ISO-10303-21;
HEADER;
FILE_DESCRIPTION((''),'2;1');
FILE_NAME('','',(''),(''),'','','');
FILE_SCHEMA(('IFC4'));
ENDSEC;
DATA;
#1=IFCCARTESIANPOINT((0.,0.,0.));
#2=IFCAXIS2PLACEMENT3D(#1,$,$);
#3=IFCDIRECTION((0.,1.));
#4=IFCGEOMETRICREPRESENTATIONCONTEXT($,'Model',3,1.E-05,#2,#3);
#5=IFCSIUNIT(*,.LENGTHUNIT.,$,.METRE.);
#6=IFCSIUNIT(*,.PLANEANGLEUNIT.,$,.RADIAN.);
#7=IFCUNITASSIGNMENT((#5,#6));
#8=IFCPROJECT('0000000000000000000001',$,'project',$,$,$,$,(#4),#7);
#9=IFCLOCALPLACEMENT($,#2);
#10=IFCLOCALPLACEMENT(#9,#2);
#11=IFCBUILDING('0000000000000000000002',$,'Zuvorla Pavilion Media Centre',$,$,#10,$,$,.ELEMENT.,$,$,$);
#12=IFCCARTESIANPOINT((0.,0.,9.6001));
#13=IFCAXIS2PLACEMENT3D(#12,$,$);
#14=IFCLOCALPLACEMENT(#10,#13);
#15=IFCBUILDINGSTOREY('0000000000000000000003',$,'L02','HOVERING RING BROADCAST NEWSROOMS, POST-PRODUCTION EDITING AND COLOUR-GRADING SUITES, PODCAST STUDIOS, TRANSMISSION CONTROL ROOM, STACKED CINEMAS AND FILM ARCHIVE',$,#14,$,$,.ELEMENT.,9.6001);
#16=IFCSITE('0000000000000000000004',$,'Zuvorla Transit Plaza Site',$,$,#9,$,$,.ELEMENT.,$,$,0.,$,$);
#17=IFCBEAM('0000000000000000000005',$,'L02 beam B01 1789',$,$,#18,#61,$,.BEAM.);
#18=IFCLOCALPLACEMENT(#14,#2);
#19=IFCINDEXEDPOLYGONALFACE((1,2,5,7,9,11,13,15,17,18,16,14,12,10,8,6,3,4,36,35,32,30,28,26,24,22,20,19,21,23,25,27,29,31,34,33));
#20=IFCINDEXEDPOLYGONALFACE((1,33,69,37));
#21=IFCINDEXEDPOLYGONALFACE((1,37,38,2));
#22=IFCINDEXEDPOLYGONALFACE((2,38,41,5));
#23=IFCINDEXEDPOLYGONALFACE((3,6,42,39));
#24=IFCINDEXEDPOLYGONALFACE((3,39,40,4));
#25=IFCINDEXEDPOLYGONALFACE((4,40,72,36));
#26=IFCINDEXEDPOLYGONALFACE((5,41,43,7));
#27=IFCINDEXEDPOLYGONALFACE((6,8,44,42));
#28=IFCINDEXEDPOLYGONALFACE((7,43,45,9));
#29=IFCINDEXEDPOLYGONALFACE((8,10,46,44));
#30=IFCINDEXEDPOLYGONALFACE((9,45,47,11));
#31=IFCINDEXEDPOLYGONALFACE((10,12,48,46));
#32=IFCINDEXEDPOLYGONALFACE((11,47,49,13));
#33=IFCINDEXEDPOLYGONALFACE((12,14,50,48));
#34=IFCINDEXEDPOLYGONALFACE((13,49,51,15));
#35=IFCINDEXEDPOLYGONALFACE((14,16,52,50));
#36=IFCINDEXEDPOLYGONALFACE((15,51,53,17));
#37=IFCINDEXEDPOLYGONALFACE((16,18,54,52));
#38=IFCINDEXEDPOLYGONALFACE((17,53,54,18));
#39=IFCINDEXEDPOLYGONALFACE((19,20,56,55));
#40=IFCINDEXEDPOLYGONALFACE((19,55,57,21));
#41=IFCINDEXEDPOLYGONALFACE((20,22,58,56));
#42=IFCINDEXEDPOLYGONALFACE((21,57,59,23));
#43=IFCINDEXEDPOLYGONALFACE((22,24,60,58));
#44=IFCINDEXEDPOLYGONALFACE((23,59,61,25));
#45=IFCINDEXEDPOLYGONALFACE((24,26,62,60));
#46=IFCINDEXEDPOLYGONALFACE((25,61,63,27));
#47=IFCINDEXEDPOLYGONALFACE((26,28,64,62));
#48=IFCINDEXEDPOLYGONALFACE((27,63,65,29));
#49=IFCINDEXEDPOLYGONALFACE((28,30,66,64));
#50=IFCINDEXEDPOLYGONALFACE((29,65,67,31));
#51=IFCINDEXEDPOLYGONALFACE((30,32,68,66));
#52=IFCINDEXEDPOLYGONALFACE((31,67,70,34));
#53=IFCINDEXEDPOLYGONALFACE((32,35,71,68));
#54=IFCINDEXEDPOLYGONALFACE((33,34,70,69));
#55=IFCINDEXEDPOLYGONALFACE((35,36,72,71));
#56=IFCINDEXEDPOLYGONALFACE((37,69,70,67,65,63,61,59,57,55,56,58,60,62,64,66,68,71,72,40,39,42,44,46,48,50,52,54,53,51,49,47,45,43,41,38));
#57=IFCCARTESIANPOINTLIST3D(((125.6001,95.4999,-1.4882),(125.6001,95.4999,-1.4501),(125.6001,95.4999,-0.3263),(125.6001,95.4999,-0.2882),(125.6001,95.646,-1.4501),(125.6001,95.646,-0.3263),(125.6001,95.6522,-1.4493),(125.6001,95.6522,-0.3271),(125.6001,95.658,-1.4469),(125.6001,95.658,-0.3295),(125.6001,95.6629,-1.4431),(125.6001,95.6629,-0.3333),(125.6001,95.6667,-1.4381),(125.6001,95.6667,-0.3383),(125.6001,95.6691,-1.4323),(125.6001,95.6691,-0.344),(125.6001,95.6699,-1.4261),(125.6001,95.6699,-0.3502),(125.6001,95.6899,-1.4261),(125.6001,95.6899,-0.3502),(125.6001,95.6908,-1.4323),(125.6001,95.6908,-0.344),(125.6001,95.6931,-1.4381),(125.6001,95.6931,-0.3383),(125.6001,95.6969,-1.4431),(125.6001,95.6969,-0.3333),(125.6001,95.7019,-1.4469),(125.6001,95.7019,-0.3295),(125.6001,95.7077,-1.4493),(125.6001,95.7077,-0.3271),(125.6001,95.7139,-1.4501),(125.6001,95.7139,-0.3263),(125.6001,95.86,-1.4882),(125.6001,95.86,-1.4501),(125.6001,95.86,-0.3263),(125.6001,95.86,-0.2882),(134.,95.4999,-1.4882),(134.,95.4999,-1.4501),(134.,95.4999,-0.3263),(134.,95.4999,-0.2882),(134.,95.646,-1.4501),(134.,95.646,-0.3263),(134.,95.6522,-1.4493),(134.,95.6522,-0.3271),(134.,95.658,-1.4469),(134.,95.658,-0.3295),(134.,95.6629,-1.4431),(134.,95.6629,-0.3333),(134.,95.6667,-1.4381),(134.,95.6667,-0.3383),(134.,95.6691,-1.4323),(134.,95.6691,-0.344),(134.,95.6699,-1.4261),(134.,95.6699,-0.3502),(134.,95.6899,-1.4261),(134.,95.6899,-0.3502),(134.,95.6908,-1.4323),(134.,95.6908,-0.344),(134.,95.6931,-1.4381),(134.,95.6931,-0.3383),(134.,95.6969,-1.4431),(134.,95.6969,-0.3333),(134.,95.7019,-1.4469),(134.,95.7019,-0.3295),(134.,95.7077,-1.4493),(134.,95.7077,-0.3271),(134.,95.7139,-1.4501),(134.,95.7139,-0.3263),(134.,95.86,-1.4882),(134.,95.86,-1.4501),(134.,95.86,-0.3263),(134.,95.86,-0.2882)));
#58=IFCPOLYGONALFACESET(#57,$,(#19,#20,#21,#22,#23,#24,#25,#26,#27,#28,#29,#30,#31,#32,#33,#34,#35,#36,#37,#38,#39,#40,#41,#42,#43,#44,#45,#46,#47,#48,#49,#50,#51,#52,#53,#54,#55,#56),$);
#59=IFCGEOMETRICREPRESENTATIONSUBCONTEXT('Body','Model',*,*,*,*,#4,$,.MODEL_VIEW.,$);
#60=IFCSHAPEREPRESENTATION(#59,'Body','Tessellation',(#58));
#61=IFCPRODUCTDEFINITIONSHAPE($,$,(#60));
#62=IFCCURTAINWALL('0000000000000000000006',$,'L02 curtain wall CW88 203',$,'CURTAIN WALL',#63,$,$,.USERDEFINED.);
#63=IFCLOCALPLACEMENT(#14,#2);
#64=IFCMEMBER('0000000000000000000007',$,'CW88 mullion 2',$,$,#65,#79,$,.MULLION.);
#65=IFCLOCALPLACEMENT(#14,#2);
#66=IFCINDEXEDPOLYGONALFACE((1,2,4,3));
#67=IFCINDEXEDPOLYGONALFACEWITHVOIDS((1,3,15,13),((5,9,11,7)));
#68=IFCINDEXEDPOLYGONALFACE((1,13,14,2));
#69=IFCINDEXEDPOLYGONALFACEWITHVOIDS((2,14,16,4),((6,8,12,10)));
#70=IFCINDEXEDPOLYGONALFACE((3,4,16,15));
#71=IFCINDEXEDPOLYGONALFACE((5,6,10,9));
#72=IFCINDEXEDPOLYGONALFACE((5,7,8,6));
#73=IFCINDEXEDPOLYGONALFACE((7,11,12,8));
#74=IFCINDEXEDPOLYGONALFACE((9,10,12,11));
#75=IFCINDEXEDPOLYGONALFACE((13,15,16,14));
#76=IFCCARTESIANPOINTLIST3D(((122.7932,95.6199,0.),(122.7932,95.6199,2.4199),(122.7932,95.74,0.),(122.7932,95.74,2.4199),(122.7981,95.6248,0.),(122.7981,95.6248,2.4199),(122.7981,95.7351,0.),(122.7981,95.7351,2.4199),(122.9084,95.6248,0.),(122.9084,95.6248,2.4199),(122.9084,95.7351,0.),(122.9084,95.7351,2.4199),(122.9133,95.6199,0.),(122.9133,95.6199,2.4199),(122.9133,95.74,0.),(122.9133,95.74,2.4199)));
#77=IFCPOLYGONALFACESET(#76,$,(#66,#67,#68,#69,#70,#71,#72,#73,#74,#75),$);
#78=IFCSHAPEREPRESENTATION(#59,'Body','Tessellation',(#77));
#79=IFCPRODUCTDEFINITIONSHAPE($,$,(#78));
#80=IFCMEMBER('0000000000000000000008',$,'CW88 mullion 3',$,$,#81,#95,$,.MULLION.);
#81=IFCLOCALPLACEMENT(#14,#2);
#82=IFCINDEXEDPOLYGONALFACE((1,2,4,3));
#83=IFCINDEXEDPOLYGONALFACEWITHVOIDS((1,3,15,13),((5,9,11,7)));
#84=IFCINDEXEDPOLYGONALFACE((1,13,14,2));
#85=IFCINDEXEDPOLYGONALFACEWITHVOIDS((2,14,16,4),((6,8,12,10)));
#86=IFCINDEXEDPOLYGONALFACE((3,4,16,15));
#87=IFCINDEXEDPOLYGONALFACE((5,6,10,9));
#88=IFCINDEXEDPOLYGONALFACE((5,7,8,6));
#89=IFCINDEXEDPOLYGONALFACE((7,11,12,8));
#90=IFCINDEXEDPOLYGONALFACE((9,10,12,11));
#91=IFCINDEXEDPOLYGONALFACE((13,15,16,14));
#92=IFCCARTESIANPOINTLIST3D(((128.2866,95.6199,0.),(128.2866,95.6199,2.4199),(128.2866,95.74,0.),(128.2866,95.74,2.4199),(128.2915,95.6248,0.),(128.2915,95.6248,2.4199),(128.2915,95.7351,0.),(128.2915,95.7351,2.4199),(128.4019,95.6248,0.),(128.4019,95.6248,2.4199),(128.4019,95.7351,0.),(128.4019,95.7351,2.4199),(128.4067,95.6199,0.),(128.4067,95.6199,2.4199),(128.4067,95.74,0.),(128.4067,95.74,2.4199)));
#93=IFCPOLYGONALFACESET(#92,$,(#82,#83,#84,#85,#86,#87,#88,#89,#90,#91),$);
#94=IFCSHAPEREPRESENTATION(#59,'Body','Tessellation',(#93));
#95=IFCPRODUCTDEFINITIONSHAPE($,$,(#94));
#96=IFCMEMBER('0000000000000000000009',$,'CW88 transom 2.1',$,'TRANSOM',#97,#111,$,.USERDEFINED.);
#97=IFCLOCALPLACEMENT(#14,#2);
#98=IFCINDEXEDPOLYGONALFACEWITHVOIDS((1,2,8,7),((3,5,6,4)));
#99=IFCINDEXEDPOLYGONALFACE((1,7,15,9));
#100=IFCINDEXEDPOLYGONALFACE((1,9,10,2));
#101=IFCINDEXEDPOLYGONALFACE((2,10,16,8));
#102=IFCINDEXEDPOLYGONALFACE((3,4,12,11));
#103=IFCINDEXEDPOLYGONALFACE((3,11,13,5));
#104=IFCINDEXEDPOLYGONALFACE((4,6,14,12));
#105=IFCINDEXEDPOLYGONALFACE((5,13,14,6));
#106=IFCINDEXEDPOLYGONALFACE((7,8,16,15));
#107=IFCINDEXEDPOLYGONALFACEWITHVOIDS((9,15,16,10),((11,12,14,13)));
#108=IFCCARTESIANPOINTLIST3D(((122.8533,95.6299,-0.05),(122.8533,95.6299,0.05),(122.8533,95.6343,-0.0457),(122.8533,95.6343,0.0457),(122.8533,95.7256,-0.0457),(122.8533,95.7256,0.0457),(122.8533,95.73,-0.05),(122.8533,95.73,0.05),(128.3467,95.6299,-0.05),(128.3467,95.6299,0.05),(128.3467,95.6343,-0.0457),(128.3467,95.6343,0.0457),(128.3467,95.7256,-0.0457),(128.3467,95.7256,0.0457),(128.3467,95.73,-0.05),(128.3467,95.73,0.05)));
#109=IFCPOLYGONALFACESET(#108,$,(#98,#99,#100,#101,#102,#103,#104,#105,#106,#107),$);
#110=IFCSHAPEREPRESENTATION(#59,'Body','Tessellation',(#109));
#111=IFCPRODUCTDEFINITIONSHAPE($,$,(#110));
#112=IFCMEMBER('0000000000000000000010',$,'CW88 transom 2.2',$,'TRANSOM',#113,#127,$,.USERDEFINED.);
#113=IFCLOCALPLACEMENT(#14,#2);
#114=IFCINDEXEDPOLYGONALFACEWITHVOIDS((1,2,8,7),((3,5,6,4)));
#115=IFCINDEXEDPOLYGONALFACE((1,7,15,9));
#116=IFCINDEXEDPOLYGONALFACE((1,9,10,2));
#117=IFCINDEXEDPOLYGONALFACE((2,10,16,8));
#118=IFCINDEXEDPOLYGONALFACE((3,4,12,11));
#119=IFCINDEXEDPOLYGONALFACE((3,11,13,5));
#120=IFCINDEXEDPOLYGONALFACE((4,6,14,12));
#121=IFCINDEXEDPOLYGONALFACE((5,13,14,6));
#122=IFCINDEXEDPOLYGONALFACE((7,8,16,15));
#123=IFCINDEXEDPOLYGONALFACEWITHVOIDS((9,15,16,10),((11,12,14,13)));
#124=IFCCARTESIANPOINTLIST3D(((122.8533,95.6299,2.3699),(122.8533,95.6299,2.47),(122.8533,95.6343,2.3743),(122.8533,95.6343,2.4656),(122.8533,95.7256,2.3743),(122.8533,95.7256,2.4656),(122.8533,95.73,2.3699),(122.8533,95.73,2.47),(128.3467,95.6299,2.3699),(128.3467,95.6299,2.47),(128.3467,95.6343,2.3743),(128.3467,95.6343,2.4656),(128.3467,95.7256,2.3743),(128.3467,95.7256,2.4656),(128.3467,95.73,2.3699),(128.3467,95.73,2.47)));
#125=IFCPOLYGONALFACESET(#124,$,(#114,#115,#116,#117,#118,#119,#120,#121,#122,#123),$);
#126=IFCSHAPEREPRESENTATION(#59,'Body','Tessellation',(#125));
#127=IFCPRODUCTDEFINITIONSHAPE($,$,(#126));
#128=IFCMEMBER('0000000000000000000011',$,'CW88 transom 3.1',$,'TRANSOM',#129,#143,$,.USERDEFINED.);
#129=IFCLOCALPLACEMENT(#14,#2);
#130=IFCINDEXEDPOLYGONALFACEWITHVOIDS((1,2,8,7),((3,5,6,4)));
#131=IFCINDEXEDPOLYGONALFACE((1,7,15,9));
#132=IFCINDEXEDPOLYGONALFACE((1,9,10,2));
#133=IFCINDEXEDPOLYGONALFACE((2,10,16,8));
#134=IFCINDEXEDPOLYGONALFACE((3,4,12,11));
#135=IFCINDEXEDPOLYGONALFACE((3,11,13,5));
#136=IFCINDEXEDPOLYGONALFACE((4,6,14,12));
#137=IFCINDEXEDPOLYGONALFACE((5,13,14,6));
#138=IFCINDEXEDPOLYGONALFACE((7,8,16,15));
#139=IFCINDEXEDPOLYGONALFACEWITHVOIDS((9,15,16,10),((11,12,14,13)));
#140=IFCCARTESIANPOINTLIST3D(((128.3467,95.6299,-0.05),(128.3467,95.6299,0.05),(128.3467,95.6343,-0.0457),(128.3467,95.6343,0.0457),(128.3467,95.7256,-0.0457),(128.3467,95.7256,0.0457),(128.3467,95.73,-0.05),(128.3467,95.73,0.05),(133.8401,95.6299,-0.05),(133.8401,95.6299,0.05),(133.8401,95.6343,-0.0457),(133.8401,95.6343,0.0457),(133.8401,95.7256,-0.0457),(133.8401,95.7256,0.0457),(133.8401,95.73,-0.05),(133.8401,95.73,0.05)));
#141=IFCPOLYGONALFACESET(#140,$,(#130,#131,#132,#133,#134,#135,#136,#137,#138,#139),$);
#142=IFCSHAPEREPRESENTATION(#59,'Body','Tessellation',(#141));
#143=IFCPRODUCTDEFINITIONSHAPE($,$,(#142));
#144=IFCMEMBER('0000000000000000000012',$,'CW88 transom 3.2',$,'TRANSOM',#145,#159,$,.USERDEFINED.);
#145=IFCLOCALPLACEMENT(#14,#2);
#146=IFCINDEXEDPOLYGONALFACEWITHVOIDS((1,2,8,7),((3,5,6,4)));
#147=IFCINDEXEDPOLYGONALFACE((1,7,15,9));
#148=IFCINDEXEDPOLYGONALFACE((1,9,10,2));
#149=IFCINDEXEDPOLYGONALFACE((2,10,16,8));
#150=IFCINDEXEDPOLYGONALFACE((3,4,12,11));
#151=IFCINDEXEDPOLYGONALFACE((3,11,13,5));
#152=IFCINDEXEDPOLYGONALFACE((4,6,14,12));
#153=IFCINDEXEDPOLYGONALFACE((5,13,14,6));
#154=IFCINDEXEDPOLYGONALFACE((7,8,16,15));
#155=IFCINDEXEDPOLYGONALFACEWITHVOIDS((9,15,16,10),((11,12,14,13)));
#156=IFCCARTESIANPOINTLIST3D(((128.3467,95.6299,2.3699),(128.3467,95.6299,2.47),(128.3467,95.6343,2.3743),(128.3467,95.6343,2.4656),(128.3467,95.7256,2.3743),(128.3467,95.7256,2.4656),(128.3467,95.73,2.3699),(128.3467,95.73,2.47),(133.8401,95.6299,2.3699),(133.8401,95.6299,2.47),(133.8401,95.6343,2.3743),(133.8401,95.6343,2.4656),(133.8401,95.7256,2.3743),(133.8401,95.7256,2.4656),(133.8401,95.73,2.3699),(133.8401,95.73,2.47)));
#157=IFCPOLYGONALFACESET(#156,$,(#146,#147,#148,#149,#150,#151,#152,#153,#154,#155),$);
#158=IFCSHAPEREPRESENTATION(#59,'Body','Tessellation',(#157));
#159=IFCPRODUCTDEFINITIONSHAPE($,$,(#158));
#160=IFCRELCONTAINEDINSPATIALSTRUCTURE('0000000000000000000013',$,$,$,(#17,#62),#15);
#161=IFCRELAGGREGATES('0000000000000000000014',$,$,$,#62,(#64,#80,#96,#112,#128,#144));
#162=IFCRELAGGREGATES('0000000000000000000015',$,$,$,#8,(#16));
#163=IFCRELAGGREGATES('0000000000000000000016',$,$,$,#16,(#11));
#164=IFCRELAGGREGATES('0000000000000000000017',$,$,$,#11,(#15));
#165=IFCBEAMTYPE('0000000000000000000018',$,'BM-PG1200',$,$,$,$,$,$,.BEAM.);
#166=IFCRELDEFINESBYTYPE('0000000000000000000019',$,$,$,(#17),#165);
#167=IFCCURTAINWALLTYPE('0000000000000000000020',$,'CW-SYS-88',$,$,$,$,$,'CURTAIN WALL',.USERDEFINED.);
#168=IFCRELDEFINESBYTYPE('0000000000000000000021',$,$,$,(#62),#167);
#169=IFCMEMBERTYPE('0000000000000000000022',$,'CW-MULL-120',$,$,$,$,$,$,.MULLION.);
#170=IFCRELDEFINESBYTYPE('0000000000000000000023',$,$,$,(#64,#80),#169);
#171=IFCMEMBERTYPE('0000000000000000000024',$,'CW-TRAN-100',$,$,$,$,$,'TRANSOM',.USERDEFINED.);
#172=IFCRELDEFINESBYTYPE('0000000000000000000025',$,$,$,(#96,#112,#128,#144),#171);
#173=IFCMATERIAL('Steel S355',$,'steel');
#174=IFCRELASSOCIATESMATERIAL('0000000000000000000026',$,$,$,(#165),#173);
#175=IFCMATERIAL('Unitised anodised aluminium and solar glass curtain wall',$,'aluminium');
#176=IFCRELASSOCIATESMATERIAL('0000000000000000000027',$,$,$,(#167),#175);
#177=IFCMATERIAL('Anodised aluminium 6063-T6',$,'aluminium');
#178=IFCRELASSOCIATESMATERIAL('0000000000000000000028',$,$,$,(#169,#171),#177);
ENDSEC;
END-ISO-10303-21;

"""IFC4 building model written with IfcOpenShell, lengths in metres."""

from ifc_helpers import new_model, si_unit, direction, frame, origin, origin_2d, place, context, subcontext, project, spatial, hollow_rectangle, i_section, extrude, material, material_profile, profile_set, type_object, element, aggregate, save


model = new_model("IFC4")

# Units and contexts
model_context = context("Model", 3, precision=1e-05, world=origin(), true_north=direction((0.0, 1.0)))
body_context = subcontext(model_context, "Body", "Model", "MODEL_VIEW")
ifc_project = project(units=[si_unit("LENGTHUNIT", "METRE"), si_unit("PLANEANGLEUNIT", "RADIAN")], contexts=[model_context])

# Site, building, storey
site_placement = place(None, origin())
site = spatial("IfcSite", under=ifc_project, at=site_placement, Name="Zuvorla Transit Plaza Site", CompositionType="ELEMENT", RefElevation=0.0)
building_placement = place(site_placement, origin())
building = spatial("IfcBuilding", under=site, at=building_placement, Name="Zuvorla Pavilion Media Centre", CompositionType="ELEMENT")
storey_placement = place(building_placement, frame((0.0, 0.0, 9.6001)))
storey = spatial("IfcBuildingStorey", under=building, at=storey_placement, Name="L02", Description="HOVERING RING BROADCAST NEWSROOMS, POST-PRODUCTION EDITING AND COLOUR-GRADING SUITES, PODCAST STUDIOS, TRANSMISSION CONTROL ROOM, STACKED CINEMAS AND FILM ARCHIVE", CompositionType="ELEMENT", Elevation=9.6001)

# Beam
ifc_material_1 = material(Name="Steel S355", Category="steel")
ifc_material_profile_1 = material_profile(ifc_material_1, i_section(OverallWidth=0.3601, OverallDepth=1.2, WebThickness=0.02, FlangeThickness=0.0381, FilletRadius=0.0239, at=origin_2d()), Name="PG 1200x360x38")
ifc_profile_set_1 = profile_set([ifc_material_profile_1], Name="Steel S355")
beam_type = type_object("IfcBeamType", Name="BM-PG1200", PredefinedType="BEAM", material=ifc_profile_set_1)
beam_placement = place(storey_placement, frame((125.6001, 95.6799, -0.8882), z_axis=(1.0, 0.0, 0.0), x_axis=(0.0, 1.0, 0.0)))
element("IfcBeam", 1, at=beam_placement, inside=storey, type_object=beam_type, Name="L02 beam B01 1789", PredefinedType="BEAM", context=body_context, shape_type="SweptSolid", body=[
    extrude(i_section(OverallWidth=0.3601, OverallDepth=1.2, WebThickness=0.02, FlangeThickness=0.0381, FilletRadius=0.0239, at=origin_2d()), origin(), (0.0, 0.0, 1.0), 8.3999),
])

# Curtain wall, members
ifc_material_2 = material(Name="Unitised anodised aluminium and solar glass curtain wall", Category="aluminium")
curtain_wall_type = type_object("IfcCurtainWallType", Name="CW-SYS-88", ElementType="CURTAIN WALL", PredefinedType="USERDEFINED", material=ifc_material_2)
curtain_wall_placement = place(storey_placement, origin())
curtain_wall = element("IfcCurtainWall", 2, at=curtain_wall_placement, inside=storey, type_object=curtain_wall_type, Name="L02 curtain wall CW88 203", ObjectType="CURTAIN WALL", PredefinedType="USERDEFINED")
ifc_material_3 = material(Name="Anodised aluminium 6063-T6", Category="aluminium")
ifc_material_profile_2 = material_profile(ifc_material_3, hollow_rectangle(XDim=0.1201, YDim=0.1201, WallThickness=0.0049, at=origin_2d()), Name="ALU MULL 120x120")
ifc_profile_set_2 = profile_set([ifc_material_profile_2], Name="Anodised aluminium 6063-T6")
member_type_1 = type_object("IfcMemberType", Name="CW-MULL-120", PredefinedType="MULLION", material=ifc_profile_set_2)
member_1_placement = place(storey_placement, frame((122.8533, 95.6799, 0.0), z_axis=(0.0, 0.0, 1.0), x_axis=(1.0, 0.0, 0.0)))
member_1 = element("IfcMember", 3, at=member_1_placement, type_object=member_type_1, Name="CW88 mullion 2", PredefinedType="MULLION", context=body_context, shape_type="SweptSolid", body=[
    extrude(hollow_rectangle(XDim=0.1201, YDim=0.1201, WallThickness=0.0049, at=origin_2d()), origin(), (0.0, 0.0, 1.0), 2.4199),
])
member_2_placement = place(storey_placement, frame((128.3467, 95.6799, 0.0), z_axis=(0.0, 0.0, 1.0), x_axis=(1.0, 0.0, 0.0)))
member_2 = element("IfcMember", 4, at=member_2_placement, type_object=member_type_1, Name="CW88 mullion 3", PredefinedType="MULLION", context=body_context, shape_type="SweptSolid", body=[
    extrude(hollow_rectangle(XDim=0.1201, YDim=0.1201, WallThickness=0.0049, at=origin_2d()), origin(), (0.0, 0.0, 1.0), 2.4199),
])
ifc_material_profile_3 = material_profile(ifc_material_3, hollow_rectangle(XDim=0.1001, YDim=0.1001, WallThickness=0.0044, at=origin_2d()), Name="ALU TRAN 100x100")
ifc_profile_set_3 = profile_set([ifc_material_profile_3], Name="Anodised aluminium 6063-T6")
member_type_2 = type_object("IfcMemberType", Name="CW-TRAN-100", ElementType="TRANSOM", PredefinedType="USERDEFINED", material=ifc_profile_set_3)
member_3_placement = place(storey_placement, frame((122.8533, 95.6799, 0.0), z_axis=(1.0, 0.0, 0.0), x_axis=(0.0, 1.0, 0.0)))
member_3 = element("IfcMember", 5, at=member_3_placement, type_object=member_type_2, Name="CW88 transom 2.1", ObjectType="TRANSOM", PredefinedType="USERDEFINED", context=body_context, shape_type="SweptSolid", body=[
    extrude(hollow_rectangle(XDim=0.1001, YDim=0.1001, WallThickness=0.0044, at=origin_2d()), origin(), (0.0, 0.0, 1.0), 5.4934),
])
member_4_placement = place(storey_placement, frame((122.8533, 95.6799, 2.4199), z_axis=(1.0, 0.0, 0.0), x_axis=(0.0, 1.0, 0.0)))
member_4 = element("IfcMember", 6, at=member_4_placement, type_object=member_type_2, Name="CW88 transom 2.2", ObjectType="TRANSOM", PredefinedType="USERDEFINED", context=body_context, shape_type="SweptSolid", body=[
    extrude(hollow_rectangle(XDim=0.1001, YDim=0.1001, WallThickness=0.0044, at=origin_2d()), origin(), (0.0, 0.0, 1.0), 5.4934),
])
member_5_placement = place(storey_placement, frame((128.3467, 95.6799, 0.0), z_axis=(1.0, 0.0, 0.0), x_axis=(0.0, 1.0, 0.0)))
member_5 = element("IfcMember", 7, at=member_5_placement, type_object=member_type_2, Name="CW88 transom 3.1", ObjectType="TRANSOM", PredefinedType="USERDEFINED", context=body_context, shape_type="SweptSolid", body=[
    extrude(hollow_rectangle(XDim=0.1001, YDim=0.1001, WallThickness=0.0044, at=origin_2d()), origin(), (0.0, 0.0, 1.0), 5.4934),
])
member_6_placement = place(storey_placement, frame((128.3467, 95.6799, 2.4199), z_axis=(1.0, 0.0, 0.0), x_axis=(0.0, 1.0, 0.0)))
member_6 = element("IfcMember", 8, at=member_6_placement, type_object=member_type_2, Name="CW88 transom 3.2", ObjectType="TRANSOM", PredefinedType="USERDEFINED", context=body_context, shape_type="SweptSolid", body=[
    extrude(hollow_rectangle(XDim=0.1001, YDim=0.1001, WallThickness=0.0044, at=origin_2d()), origin(), (0.0, 0.0, 1.0), 5.4934),
])

aggregate(curtain_wall, [member_1, member_2, member_3, member_4, member_5, member_6])

save(model, "model.ifc")
